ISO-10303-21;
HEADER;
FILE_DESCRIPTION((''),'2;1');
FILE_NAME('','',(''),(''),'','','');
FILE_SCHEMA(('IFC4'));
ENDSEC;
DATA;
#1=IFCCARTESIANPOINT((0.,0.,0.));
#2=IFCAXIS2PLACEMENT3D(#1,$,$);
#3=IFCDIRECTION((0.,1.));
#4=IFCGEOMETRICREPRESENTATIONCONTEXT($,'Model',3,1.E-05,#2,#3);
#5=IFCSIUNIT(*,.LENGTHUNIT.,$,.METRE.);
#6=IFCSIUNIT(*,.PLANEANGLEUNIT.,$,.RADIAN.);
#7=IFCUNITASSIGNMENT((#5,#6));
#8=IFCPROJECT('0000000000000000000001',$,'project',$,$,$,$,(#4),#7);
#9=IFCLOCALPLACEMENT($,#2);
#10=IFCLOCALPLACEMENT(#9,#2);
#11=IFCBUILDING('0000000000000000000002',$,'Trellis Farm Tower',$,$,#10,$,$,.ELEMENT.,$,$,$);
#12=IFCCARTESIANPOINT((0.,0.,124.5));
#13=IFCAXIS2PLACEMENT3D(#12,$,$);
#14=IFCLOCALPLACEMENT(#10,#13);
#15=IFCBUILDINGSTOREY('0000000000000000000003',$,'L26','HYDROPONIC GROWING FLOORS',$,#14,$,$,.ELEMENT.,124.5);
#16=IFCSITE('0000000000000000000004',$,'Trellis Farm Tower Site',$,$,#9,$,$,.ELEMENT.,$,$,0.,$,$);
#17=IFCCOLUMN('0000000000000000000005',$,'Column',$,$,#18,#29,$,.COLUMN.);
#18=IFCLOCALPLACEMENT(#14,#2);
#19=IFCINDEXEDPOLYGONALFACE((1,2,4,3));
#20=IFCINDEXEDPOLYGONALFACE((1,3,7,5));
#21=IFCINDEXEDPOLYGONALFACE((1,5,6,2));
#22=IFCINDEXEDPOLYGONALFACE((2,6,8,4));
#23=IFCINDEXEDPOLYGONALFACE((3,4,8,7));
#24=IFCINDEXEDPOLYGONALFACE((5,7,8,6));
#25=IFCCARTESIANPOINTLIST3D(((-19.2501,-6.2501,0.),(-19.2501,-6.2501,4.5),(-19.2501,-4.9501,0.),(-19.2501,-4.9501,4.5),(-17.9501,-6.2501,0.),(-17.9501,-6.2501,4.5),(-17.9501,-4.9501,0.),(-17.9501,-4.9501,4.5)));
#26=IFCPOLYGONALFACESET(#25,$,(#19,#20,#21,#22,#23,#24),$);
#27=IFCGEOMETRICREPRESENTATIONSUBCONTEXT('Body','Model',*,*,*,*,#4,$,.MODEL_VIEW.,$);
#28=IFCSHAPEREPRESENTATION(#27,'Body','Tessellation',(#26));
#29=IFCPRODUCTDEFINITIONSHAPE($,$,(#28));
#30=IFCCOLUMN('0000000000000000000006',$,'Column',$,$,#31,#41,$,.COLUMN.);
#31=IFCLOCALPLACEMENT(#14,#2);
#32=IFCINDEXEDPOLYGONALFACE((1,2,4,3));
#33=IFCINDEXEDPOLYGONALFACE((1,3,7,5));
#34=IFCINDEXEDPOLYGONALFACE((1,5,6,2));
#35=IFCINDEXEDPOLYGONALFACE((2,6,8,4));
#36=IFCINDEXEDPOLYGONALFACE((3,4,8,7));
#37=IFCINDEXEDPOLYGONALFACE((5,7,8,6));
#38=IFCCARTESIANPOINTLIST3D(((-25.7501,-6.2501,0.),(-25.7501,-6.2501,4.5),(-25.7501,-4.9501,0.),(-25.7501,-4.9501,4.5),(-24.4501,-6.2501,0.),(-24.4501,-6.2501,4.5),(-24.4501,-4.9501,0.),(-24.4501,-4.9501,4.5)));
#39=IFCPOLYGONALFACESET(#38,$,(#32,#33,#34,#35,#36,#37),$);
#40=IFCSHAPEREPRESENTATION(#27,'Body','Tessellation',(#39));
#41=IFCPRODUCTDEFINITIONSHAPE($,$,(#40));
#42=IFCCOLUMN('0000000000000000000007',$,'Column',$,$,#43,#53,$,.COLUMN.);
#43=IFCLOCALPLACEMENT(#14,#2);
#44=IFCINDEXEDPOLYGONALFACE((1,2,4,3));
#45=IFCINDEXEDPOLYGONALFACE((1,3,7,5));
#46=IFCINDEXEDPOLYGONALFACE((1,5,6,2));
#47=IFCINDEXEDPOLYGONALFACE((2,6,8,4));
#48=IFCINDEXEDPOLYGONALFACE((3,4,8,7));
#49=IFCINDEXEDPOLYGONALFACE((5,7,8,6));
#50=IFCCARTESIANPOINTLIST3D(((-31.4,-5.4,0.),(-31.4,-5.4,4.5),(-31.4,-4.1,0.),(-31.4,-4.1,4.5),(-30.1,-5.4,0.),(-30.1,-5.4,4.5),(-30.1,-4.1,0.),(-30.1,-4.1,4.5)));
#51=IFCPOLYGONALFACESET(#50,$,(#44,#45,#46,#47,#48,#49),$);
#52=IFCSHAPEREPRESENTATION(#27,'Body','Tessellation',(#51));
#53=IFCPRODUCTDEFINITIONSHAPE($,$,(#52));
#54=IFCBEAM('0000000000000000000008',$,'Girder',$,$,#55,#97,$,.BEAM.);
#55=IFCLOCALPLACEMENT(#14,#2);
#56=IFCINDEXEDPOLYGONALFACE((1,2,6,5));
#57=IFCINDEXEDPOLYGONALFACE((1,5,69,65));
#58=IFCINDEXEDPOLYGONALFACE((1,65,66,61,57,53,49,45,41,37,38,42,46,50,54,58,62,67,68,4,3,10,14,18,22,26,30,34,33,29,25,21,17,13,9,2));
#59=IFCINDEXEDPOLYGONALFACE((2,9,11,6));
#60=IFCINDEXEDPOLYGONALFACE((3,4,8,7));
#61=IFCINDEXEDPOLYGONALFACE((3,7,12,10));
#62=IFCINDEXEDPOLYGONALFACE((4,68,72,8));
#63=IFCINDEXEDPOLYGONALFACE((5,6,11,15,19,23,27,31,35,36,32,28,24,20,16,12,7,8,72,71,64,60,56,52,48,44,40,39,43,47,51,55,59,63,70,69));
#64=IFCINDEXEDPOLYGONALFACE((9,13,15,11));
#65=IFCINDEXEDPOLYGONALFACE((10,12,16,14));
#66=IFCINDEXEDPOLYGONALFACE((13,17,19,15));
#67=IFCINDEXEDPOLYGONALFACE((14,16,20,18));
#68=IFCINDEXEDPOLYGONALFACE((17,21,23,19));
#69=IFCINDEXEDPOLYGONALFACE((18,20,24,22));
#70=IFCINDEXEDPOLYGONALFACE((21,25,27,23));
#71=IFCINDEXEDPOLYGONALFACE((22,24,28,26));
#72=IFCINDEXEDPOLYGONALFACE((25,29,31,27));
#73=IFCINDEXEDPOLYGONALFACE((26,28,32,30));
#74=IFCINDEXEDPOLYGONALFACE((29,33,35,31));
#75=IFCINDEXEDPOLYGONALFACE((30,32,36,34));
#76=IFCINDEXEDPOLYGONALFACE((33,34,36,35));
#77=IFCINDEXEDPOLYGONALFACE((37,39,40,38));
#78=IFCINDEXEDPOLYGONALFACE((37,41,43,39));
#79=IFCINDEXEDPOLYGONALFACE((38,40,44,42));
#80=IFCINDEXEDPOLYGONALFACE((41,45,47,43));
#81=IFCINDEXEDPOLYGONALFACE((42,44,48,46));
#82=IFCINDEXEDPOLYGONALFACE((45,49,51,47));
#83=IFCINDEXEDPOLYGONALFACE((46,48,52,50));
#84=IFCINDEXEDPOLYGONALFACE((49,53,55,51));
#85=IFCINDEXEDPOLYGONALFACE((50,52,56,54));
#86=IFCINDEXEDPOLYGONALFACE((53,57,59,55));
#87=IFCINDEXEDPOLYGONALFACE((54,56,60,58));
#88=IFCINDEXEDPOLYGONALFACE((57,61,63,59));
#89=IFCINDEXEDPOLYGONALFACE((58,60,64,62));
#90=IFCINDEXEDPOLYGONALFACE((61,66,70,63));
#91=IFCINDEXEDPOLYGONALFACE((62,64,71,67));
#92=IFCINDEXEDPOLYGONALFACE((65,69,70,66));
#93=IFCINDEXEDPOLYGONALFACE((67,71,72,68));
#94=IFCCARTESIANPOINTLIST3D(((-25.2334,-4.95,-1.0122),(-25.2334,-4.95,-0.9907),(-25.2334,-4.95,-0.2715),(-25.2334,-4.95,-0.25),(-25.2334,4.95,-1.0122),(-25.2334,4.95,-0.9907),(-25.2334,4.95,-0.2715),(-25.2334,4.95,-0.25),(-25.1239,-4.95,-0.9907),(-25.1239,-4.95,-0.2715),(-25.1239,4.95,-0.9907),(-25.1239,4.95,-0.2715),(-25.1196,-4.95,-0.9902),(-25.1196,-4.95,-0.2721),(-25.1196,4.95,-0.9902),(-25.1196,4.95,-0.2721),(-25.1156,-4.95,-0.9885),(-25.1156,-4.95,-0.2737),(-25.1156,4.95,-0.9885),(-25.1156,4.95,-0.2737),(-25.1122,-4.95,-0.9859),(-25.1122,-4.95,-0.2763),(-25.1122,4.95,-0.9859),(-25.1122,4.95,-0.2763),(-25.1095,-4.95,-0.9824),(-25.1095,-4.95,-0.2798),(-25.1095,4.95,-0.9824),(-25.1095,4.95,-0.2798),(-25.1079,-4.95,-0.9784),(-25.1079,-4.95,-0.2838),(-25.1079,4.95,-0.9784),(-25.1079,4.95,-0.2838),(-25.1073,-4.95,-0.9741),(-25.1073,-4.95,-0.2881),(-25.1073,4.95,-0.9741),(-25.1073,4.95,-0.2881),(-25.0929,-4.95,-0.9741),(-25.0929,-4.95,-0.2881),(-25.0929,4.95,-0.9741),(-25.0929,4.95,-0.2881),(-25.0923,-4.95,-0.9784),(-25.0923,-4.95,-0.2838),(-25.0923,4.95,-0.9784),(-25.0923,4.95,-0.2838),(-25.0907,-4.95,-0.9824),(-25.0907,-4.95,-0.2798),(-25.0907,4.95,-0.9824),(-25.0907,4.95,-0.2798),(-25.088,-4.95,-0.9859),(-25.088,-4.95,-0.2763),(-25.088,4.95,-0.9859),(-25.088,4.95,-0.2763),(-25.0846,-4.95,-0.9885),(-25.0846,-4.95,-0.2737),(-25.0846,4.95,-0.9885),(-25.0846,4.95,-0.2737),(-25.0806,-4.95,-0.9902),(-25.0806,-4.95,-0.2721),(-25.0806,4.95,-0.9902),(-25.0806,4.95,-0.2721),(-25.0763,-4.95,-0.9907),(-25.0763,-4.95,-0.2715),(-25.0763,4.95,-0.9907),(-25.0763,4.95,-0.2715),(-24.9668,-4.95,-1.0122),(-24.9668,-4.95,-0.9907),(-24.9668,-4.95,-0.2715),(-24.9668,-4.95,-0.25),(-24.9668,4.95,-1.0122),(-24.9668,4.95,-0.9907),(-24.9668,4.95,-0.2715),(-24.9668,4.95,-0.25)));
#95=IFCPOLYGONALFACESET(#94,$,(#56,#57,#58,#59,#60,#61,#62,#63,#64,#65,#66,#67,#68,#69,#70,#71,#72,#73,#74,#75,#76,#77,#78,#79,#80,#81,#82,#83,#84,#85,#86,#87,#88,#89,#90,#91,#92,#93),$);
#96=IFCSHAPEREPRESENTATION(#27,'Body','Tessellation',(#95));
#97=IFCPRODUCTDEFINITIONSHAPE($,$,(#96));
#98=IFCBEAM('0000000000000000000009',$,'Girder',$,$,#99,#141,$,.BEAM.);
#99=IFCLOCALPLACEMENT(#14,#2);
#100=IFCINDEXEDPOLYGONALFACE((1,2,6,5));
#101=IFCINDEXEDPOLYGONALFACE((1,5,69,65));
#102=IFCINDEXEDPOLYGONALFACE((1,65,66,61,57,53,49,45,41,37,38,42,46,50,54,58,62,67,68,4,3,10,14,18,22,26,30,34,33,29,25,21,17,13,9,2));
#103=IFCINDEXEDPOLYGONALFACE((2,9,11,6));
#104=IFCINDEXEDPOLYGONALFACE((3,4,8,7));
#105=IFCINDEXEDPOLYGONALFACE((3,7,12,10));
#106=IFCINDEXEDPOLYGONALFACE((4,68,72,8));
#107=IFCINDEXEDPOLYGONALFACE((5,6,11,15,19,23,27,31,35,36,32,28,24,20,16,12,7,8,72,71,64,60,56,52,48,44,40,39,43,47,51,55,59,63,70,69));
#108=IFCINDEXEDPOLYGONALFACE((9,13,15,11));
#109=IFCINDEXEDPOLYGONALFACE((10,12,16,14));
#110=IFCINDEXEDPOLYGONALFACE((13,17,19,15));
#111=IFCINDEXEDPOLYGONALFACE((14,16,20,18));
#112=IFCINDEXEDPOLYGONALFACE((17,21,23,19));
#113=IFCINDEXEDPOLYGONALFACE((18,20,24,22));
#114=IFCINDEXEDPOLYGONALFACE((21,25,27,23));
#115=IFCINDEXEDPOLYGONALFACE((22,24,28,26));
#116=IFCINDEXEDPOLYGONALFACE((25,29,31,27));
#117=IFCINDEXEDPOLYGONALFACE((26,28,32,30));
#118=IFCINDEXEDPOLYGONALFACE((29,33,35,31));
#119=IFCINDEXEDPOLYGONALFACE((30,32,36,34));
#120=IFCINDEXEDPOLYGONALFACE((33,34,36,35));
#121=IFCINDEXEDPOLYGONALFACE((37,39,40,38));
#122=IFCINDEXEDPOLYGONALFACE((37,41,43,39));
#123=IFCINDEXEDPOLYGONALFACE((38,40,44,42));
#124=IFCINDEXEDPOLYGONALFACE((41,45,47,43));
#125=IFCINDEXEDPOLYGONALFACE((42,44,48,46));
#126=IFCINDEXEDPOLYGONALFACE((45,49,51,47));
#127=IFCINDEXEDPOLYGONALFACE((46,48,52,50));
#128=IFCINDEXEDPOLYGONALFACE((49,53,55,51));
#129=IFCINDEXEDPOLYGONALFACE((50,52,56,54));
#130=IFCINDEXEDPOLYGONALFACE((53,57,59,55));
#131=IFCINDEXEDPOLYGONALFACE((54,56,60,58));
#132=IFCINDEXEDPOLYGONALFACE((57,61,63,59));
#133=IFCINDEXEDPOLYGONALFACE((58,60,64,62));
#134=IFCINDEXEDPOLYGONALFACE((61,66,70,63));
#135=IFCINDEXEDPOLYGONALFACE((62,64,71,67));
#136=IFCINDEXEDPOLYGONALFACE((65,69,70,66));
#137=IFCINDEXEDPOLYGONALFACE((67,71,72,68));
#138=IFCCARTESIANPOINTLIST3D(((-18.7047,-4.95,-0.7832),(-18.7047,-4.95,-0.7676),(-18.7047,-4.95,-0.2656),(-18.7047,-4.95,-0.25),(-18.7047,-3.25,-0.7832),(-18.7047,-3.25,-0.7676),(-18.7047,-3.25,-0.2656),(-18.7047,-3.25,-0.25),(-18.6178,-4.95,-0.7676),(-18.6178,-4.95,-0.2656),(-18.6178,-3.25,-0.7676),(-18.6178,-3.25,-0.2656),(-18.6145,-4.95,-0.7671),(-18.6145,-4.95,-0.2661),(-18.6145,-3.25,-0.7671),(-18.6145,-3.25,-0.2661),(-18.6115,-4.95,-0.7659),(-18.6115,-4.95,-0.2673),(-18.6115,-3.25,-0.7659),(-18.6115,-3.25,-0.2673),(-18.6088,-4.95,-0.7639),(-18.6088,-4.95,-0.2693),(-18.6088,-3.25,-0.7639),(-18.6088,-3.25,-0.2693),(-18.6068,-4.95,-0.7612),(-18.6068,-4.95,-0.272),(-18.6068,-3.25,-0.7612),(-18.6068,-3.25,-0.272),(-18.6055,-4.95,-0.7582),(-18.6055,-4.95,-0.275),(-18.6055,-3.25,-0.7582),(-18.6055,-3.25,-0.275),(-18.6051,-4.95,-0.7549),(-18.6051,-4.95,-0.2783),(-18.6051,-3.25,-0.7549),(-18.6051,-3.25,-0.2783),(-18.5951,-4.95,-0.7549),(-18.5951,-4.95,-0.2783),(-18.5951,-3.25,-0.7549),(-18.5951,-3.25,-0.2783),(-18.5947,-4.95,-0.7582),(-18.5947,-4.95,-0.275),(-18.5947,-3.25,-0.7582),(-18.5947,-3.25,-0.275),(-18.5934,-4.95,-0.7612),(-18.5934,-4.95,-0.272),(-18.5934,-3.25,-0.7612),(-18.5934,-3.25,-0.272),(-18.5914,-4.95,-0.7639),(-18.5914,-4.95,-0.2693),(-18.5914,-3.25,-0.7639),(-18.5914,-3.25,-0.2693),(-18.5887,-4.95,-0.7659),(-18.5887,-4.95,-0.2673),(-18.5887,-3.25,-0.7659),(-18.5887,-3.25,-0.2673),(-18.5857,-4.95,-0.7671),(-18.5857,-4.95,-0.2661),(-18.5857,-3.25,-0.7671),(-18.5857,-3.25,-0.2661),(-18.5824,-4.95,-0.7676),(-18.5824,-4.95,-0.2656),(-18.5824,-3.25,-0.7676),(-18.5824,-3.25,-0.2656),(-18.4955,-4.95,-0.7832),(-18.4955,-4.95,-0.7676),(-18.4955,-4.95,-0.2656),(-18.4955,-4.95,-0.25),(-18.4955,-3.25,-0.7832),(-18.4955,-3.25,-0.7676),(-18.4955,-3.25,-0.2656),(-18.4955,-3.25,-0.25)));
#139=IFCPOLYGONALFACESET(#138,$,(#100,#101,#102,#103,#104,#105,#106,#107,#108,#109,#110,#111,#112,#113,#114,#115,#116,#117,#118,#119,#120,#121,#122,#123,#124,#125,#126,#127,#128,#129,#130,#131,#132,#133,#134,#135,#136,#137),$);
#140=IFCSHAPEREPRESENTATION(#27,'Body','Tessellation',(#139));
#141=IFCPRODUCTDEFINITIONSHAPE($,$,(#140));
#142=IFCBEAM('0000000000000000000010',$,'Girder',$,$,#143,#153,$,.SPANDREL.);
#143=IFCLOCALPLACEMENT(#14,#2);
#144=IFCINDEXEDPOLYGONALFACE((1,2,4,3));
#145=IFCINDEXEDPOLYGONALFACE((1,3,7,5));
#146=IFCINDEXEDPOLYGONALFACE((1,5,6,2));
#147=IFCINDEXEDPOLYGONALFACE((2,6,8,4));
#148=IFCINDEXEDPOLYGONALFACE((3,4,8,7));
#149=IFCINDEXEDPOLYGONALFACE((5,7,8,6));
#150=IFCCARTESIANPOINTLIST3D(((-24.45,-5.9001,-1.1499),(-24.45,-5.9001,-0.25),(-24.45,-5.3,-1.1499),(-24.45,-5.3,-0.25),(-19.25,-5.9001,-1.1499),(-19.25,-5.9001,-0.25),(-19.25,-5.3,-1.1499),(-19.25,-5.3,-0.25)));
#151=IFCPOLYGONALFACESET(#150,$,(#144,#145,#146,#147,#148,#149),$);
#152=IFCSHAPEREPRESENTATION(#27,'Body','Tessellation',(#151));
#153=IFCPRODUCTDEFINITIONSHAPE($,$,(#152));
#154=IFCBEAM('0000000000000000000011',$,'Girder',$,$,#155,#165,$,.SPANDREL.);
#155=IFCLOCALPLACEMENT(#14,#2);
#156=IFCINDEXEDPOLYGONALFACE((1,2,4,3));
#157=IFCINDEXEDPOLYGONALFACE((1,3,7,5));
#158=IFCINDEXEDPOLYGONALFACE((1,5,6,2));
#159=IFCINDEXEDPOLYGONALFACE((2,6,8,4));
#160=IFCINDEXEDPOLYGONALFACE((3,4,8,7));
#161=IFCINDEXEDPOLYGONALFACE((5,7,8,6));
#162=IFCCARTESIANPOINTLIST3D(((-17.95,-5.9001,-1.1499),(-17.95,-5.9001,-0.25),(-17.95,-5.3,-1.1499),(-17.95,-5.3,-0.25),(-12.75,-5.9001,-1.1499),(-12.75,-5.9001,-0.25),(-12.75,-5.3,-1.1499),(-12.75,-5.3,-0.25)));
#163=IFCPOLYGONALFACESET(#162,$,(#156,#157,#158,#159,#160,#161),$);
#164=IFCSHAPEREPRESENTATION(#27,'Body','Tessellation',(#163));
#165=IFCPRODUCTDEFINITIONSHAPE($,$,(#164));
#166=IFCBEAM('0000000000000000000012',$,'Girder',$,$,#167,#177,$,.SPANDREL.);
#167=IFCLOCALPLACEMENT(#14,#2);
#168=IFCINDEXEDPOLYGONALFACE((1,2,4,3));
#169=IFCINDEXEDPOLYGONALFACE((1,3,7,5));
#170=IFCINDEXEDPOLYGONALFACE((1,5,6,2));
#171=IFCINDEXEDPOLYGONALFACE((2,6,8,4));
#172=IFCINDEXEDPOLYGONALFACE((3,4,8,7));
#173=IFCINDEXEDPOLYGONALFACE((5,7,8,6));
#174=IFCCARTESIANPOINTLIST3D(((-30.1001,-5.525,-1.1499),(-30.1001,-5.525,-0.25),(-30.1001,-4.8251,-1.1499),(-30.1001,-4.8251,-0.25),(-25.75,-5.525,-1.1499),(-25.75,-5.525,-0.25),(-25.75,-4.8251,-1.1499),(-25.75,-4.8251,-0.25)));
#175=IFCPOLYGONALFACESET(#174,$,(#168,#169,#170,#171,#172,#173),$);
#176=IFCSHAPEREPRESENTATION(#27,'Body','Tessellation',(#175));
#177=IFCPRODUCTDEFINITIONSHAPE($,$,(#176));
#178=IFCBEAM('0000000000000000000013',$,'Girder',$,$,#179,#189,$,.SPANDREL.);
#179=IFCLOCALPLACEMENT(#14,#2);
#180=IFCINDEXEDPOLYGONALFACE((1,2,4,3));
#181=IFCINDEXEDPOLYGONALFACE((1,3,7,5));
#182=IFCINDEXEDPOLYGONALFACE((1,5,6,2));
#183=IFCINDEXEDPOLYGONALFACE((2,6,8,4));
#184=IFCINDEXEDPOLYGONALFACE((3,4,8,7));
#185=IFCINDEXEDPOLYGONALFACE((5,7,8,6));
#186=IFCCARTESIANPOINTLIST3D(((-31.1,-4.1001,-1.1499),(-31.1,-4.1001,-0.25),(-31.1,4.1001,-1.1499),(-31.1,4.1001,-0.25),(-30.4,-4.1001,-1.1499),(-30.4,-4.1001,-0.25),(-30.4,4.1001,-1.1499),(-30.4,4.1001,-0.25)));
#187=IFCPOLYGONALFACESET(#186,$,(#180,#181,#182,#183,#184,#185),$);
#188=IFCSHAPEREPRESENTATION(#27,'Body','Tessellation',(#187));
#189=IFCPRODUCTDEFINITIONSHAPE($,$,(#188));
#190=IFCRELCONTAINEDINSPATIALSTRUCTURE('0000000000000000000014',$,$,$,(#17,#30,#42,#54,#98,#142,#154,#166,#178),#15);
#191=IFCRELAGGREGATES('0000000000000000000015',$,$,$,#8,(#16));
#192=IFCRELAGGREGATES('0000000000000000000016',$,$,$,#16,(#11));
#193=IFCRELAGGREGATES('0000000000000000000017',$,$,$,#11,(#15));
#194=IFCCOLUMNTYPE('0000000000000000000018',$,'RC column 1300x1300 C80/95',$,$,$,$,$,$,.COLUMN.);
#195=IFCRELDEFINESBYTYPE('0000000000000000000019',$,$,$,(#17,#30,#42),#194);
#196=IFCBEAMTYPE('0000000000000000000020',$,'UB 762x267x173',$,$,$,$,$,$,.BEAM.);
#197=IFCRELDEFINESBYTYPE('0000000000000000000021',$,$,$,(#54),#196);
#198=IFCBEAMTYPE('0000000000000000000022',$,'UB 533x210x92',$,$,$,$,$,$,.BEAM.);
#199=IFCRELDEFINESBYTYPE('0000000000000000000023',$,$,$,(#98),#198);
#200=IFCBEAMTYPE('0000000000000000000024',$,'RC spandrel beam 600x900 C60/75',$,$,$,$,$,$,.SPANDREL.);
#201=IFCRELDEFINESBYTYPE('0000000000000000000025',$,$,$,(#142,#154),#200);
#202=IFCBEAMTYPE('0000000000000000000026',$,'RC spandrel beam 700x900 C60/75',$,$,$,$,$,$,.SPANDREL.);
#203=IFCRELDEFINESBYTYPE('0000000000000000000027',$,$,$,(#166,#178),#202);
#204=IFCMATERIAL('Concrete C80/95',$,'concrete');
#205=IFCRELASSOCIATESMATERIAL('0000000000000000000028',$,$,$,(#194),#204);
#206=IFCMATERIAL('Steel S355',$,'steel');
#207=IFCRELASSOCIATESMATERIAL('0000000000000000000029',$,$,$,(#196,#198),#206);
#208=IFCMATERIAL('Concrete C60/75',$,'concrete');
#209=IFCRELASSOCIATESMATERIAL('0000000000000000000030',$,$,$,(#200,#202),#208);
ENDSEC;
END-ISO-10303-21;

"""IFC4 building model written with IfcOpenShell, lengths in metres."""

from ifc_helpers import new_model, si_unit, direction, frame, origin, origin_2d, place, context, subcontext, project, spatial, rectangle, i_section, extrude, source, transform, mapped, material, material_profile, profile_set, type_object, element, save


model = new_model("IFC4")

# Units and contexts
model_context = context("Model", 3, precision=1e-05, world=origin(), true_north=direction((0.0, 1.0)))
body_context = subcontext(model_context, "Body", "Model", "MODEL_VIEW")
ifc_project = project(units=[si_unit("LENGTHUNIT", "METRE"), si_unit("PLANEANGLEUNIT", "RADIAN")], contexts=[model_context])

# Site, building, storey
site_placement = place(None, origin())
site = spatial("IfcSite", under=ifc_project, at=site_placement, Name="Trellis Farm Tower Site", CompositionType="ELEMENT", RefElevation=0.0)
building_placement = place(site_placement, origin())
building = spatial("IfcBuilding", under=site, at=building_placement, Name="Trellis Farm Tower", CompositionType="ELEMENT")
storey_placement = place(building_placement, frame((0.0, 0.0, 124.5)))
storey = spatial("IfcBuildingStorey", under=building, at=storey_placement, Name="L26", Description="HYDROPONIC GROWING FLOORS", CompositionType="ELEMENT", Elevation=124.5)

# Columns
ifc_material_1 = material(Name="Concrete C80/95", Category="concrete")
ifc_material_profile_1 = material_profile(ifc_material_1, rectangle(XDim=1.3, YDim=1.3, at=origin_2d()), Name="RC column 1300x1300 C80/95")
ifc_profile_set_1 = profile_set([ifc_material_profile_1], Name="Concrete C80/95")
column_type = type_object("IfcColumnType", Name="RC column 1300x1300 C80/95", PredefinedType="COLUMN", material=ifc_profile_set_1)
shared_shape_1 = source(origin(), body_context, "Body", "SweptSolid", [
    extrude(rectangle(XDim=1.3, YDim=1.3, at=origin_2d()), origin(), (0.0, 0.0, 1.0), 4.5),
])
for number, where, z_axis, x_axis, name in (
    (1, (-18.6001, -5.6001, 0.0), (0.0, 0.0, 1.0), (1.0, 0.0, 0.0), "Column"),
    (2, (-25.1001, -5.6001, 0.0), (0.0, 0.0, 1.0), (1.0, 0.0, 0.0), "Column"),
    (3, (-30.75, -4.75, 0.0), (0.0, 0.0, 1.0), (1.0, 0.0, 0.0), "Column"),
):
    element("IfcColumn", number, at=place(storey_placement, frame(where, z_axis=z_axis, x_axis=x_axis)), inside=storey, type_object=column_type, Name=name, PredefinedType="COLUMN", context=body_context, shape_type="MappedRepresentation", body=[
        mapped(shared_shape_1, transform((0.0, 0.0, 0.0))),
    ])

# Beams
ifc_material_2 = material(Name="Steel S355", Category="steel")
ifc_material_profile_2 = material_profile(ifc_material_2, i_section(OverallWidth=0.2666, OverallDepth=0.7622, WebThickness=0.0144, FlangeThickness=0.0215, FilletRadius=0.0166, at=origin_2d()), Name="UB 762x267x173")
ifc_profile_set_2 = profile_set([ifc_material_profile_2], Name="Steel S355")
beam_type_1 = type_object("IfcBeamType", Name="UB 762x267x173", PredefinedType="BEAM", material=ifc_profile_set_2)
shared_shape_2 = source(origin(), body_context, "Body", "SweptSolid", [
    extrude(i_section(OverallWidth=0.2666, OverallDepth=0.7622, WebThickness=0.0144, FlangeThickness=0.0215, FilletRadius=0.0166, at=origin_2d()), origin(), (0.0, 0.0, 1.0), 9.8999),
])
beam_1_placement = place(storey_placement, frame((-25.1001, -4.95, -0.6311), z_axis=(0.0, 1.0, 0.0), x_axis=(-1.0, 0.0, 0.0)))
element("IfcBeam", 4, at=beam_1_placement, inside=storey, type_object=beam_type_1, Name="Girder", PredefinedType="BEAM", context=body_context, shape_type="MappedRepresentation", body=[
    mapped(shared_shape_2, transform((0.0, 0.0, 0.0))),
])
ifc_material_profile_3 = material_profile(ifc_material_2, i_section(OverallWidth=0.2092, OverallDepth=0.5332, WebThickness=0.01, FlangeThickness=0.0156, FilletRadius=0.0127, at=origin_2d()), Name="UB 533x210x92")
ifc_profile_set_3 = profile_set([ifc_material_profile_3], Name="Steel S355")
beam_type_2 = type_object("IfcBeamType", Name="UB 533x210x92", PredefinedType="BEAM", material=ifc_profile_set_3)
shared_shape_3 = source(origin(), body_context, "Body", "SweptSolid", [
    extrude(i_section(OverallWidth=0.2092, OverallDepth=0.5332, WebThickness=0.01, FlangeThickness=0.0156, FilletRadius=0.0127, at=origin_2d()), origin(), (0.0, 0.0, 1.0), 1.7),
])
beam_2_placement = place(storey_placement, frame((-18.6001, -4.95, -0.5166), z_axis=(0.0, 1.0, 0.0), x_axis=(-1.0, 0.0, 0.0)))
element("IfcBeam", 5, at=beam_2_placement, inside=storey, type_object=beam_type_2, Name="Girder", PredefinedType="BEAM", context=body_context, shape_type="MappedRepresentation", body=[
    mapped(shared_shape_3, transform((0.0, 0.0, 0.0))),
])
ifc_material_3 = material(Name="Concrete C60/75", Category="concrete")
ifc_material_profile_4 = material_profile(ifc_material_3, rectangle(XDim=0.6001, YDim=0.8999, at=origin_2d()), Name="RC spandrel beam 600x900 C60/75")
ifc_profile_set_4 = profile_set([ifc_material_profile_4], Name="Concrete C60/75")
beam_type_3 = type_object("IfcBeamType", Name="RC spandrel beam 600x900 C60/75", PredefinedType="SPANDREL", material=ifc_profile_set_4)
shared_shape_4 = source(origin(), body_context, "Body", "SweptSolid", [
    extrude(rectangle(XDim=0.6001, YDim=0.8999, at=origin_2d()), origin(), (0.0, 0.0, 1.0), 5.2),
])
for number, where, z_axis, x_axis, name in (
    (6, (-24.45, -5.6001, -0.7), (1.0, 0.0, 0.0), (0.0, 1.0, 0.0), "Girder"),
    (7, (-17.95, -5.6001, -0.7), (1.0, 0.0, 0.0), (0.0, 1.0, 0.0), "Girder"),
):
    element("IfcBeam", number, at=place(storey_placement, frame(where, z_axis=z_axis, x_axis=x_axis)), inside=storey, type_object=beam_type_3, Name=name, PredefinedType="SPANDREL", context=body_context, shape_type="MappedRepresentation", body=[
        mapped(shared_shape_4, transform((0.0, 0.0, 0.0))),
    ])
ifc_material_profile_5 = material_profile(ifc_material_3, rectangle(XDim=0.7, YDim=0.8999, at=origin_2d()), Name="RC spandrel beam 700x900 C60/75")
ifc_profile_set_5 = profile_set([ifc_material_profile_5], Name="Concrete C60/75")
beam_type_4 = type_object("IfcBeamType", Name="RC spandrel beam 700x900 C60/75", PredefinedType="SPANDREL", material=ifc_profile_set_5)
shared_shape_5 = source(origin(), body_context, "Body", "SweptSolid", [
    extrude(rectangle(XDim=0.7, YDim=0.8999, at=origin_2d()), origin(), (0.0, 0.0, 1.0), 4.3501),
])
beam_3_placement = place(storey_placement, frame((-30.1001, -5.175, -0.7), z_axis=(1.0, 0.0, 0.0), x_axis=(0.0, 1.0, 0.0)))
element("IfcBeam", 8, at=beam_3_placement, inside=storey, type_object=beam_type_4, Name="Girder", PredefinedType="SPANDREL", context=body_context, shape_type="MappedRepresentation", body=[
    mapped(shared_shape_5, transform((0.0, 0.0, 0.0))),
])
shared_shape_6 = source(origin(), body_context, "Body", "SweptSolid", [
    extrude(rectangle(XDim=0.7, YDim=0.8999, at=origin_2d()), origin(), (0.0, 0.0, 1.0), 8.2002),
])
beam_4_placement = place(storey_placement, frame((-30.75, -4.1001, -0.7), z_axis=(0.0, 1.0, 0.0), x_axis=(-1.0, 0.0, 0.0)))
element("IfcBeam", 9, at=beam_4_placement, inside=storey, type_object=beam_type_4, Name="Girder", PredefinedType="SPANDREL", context=body_context, shape_type="MappedRepresentation", body=[
    mapped(shared_shape_6, transform((0.0, 0.0, 0.0))),
])

save(model, "model.ifc")
